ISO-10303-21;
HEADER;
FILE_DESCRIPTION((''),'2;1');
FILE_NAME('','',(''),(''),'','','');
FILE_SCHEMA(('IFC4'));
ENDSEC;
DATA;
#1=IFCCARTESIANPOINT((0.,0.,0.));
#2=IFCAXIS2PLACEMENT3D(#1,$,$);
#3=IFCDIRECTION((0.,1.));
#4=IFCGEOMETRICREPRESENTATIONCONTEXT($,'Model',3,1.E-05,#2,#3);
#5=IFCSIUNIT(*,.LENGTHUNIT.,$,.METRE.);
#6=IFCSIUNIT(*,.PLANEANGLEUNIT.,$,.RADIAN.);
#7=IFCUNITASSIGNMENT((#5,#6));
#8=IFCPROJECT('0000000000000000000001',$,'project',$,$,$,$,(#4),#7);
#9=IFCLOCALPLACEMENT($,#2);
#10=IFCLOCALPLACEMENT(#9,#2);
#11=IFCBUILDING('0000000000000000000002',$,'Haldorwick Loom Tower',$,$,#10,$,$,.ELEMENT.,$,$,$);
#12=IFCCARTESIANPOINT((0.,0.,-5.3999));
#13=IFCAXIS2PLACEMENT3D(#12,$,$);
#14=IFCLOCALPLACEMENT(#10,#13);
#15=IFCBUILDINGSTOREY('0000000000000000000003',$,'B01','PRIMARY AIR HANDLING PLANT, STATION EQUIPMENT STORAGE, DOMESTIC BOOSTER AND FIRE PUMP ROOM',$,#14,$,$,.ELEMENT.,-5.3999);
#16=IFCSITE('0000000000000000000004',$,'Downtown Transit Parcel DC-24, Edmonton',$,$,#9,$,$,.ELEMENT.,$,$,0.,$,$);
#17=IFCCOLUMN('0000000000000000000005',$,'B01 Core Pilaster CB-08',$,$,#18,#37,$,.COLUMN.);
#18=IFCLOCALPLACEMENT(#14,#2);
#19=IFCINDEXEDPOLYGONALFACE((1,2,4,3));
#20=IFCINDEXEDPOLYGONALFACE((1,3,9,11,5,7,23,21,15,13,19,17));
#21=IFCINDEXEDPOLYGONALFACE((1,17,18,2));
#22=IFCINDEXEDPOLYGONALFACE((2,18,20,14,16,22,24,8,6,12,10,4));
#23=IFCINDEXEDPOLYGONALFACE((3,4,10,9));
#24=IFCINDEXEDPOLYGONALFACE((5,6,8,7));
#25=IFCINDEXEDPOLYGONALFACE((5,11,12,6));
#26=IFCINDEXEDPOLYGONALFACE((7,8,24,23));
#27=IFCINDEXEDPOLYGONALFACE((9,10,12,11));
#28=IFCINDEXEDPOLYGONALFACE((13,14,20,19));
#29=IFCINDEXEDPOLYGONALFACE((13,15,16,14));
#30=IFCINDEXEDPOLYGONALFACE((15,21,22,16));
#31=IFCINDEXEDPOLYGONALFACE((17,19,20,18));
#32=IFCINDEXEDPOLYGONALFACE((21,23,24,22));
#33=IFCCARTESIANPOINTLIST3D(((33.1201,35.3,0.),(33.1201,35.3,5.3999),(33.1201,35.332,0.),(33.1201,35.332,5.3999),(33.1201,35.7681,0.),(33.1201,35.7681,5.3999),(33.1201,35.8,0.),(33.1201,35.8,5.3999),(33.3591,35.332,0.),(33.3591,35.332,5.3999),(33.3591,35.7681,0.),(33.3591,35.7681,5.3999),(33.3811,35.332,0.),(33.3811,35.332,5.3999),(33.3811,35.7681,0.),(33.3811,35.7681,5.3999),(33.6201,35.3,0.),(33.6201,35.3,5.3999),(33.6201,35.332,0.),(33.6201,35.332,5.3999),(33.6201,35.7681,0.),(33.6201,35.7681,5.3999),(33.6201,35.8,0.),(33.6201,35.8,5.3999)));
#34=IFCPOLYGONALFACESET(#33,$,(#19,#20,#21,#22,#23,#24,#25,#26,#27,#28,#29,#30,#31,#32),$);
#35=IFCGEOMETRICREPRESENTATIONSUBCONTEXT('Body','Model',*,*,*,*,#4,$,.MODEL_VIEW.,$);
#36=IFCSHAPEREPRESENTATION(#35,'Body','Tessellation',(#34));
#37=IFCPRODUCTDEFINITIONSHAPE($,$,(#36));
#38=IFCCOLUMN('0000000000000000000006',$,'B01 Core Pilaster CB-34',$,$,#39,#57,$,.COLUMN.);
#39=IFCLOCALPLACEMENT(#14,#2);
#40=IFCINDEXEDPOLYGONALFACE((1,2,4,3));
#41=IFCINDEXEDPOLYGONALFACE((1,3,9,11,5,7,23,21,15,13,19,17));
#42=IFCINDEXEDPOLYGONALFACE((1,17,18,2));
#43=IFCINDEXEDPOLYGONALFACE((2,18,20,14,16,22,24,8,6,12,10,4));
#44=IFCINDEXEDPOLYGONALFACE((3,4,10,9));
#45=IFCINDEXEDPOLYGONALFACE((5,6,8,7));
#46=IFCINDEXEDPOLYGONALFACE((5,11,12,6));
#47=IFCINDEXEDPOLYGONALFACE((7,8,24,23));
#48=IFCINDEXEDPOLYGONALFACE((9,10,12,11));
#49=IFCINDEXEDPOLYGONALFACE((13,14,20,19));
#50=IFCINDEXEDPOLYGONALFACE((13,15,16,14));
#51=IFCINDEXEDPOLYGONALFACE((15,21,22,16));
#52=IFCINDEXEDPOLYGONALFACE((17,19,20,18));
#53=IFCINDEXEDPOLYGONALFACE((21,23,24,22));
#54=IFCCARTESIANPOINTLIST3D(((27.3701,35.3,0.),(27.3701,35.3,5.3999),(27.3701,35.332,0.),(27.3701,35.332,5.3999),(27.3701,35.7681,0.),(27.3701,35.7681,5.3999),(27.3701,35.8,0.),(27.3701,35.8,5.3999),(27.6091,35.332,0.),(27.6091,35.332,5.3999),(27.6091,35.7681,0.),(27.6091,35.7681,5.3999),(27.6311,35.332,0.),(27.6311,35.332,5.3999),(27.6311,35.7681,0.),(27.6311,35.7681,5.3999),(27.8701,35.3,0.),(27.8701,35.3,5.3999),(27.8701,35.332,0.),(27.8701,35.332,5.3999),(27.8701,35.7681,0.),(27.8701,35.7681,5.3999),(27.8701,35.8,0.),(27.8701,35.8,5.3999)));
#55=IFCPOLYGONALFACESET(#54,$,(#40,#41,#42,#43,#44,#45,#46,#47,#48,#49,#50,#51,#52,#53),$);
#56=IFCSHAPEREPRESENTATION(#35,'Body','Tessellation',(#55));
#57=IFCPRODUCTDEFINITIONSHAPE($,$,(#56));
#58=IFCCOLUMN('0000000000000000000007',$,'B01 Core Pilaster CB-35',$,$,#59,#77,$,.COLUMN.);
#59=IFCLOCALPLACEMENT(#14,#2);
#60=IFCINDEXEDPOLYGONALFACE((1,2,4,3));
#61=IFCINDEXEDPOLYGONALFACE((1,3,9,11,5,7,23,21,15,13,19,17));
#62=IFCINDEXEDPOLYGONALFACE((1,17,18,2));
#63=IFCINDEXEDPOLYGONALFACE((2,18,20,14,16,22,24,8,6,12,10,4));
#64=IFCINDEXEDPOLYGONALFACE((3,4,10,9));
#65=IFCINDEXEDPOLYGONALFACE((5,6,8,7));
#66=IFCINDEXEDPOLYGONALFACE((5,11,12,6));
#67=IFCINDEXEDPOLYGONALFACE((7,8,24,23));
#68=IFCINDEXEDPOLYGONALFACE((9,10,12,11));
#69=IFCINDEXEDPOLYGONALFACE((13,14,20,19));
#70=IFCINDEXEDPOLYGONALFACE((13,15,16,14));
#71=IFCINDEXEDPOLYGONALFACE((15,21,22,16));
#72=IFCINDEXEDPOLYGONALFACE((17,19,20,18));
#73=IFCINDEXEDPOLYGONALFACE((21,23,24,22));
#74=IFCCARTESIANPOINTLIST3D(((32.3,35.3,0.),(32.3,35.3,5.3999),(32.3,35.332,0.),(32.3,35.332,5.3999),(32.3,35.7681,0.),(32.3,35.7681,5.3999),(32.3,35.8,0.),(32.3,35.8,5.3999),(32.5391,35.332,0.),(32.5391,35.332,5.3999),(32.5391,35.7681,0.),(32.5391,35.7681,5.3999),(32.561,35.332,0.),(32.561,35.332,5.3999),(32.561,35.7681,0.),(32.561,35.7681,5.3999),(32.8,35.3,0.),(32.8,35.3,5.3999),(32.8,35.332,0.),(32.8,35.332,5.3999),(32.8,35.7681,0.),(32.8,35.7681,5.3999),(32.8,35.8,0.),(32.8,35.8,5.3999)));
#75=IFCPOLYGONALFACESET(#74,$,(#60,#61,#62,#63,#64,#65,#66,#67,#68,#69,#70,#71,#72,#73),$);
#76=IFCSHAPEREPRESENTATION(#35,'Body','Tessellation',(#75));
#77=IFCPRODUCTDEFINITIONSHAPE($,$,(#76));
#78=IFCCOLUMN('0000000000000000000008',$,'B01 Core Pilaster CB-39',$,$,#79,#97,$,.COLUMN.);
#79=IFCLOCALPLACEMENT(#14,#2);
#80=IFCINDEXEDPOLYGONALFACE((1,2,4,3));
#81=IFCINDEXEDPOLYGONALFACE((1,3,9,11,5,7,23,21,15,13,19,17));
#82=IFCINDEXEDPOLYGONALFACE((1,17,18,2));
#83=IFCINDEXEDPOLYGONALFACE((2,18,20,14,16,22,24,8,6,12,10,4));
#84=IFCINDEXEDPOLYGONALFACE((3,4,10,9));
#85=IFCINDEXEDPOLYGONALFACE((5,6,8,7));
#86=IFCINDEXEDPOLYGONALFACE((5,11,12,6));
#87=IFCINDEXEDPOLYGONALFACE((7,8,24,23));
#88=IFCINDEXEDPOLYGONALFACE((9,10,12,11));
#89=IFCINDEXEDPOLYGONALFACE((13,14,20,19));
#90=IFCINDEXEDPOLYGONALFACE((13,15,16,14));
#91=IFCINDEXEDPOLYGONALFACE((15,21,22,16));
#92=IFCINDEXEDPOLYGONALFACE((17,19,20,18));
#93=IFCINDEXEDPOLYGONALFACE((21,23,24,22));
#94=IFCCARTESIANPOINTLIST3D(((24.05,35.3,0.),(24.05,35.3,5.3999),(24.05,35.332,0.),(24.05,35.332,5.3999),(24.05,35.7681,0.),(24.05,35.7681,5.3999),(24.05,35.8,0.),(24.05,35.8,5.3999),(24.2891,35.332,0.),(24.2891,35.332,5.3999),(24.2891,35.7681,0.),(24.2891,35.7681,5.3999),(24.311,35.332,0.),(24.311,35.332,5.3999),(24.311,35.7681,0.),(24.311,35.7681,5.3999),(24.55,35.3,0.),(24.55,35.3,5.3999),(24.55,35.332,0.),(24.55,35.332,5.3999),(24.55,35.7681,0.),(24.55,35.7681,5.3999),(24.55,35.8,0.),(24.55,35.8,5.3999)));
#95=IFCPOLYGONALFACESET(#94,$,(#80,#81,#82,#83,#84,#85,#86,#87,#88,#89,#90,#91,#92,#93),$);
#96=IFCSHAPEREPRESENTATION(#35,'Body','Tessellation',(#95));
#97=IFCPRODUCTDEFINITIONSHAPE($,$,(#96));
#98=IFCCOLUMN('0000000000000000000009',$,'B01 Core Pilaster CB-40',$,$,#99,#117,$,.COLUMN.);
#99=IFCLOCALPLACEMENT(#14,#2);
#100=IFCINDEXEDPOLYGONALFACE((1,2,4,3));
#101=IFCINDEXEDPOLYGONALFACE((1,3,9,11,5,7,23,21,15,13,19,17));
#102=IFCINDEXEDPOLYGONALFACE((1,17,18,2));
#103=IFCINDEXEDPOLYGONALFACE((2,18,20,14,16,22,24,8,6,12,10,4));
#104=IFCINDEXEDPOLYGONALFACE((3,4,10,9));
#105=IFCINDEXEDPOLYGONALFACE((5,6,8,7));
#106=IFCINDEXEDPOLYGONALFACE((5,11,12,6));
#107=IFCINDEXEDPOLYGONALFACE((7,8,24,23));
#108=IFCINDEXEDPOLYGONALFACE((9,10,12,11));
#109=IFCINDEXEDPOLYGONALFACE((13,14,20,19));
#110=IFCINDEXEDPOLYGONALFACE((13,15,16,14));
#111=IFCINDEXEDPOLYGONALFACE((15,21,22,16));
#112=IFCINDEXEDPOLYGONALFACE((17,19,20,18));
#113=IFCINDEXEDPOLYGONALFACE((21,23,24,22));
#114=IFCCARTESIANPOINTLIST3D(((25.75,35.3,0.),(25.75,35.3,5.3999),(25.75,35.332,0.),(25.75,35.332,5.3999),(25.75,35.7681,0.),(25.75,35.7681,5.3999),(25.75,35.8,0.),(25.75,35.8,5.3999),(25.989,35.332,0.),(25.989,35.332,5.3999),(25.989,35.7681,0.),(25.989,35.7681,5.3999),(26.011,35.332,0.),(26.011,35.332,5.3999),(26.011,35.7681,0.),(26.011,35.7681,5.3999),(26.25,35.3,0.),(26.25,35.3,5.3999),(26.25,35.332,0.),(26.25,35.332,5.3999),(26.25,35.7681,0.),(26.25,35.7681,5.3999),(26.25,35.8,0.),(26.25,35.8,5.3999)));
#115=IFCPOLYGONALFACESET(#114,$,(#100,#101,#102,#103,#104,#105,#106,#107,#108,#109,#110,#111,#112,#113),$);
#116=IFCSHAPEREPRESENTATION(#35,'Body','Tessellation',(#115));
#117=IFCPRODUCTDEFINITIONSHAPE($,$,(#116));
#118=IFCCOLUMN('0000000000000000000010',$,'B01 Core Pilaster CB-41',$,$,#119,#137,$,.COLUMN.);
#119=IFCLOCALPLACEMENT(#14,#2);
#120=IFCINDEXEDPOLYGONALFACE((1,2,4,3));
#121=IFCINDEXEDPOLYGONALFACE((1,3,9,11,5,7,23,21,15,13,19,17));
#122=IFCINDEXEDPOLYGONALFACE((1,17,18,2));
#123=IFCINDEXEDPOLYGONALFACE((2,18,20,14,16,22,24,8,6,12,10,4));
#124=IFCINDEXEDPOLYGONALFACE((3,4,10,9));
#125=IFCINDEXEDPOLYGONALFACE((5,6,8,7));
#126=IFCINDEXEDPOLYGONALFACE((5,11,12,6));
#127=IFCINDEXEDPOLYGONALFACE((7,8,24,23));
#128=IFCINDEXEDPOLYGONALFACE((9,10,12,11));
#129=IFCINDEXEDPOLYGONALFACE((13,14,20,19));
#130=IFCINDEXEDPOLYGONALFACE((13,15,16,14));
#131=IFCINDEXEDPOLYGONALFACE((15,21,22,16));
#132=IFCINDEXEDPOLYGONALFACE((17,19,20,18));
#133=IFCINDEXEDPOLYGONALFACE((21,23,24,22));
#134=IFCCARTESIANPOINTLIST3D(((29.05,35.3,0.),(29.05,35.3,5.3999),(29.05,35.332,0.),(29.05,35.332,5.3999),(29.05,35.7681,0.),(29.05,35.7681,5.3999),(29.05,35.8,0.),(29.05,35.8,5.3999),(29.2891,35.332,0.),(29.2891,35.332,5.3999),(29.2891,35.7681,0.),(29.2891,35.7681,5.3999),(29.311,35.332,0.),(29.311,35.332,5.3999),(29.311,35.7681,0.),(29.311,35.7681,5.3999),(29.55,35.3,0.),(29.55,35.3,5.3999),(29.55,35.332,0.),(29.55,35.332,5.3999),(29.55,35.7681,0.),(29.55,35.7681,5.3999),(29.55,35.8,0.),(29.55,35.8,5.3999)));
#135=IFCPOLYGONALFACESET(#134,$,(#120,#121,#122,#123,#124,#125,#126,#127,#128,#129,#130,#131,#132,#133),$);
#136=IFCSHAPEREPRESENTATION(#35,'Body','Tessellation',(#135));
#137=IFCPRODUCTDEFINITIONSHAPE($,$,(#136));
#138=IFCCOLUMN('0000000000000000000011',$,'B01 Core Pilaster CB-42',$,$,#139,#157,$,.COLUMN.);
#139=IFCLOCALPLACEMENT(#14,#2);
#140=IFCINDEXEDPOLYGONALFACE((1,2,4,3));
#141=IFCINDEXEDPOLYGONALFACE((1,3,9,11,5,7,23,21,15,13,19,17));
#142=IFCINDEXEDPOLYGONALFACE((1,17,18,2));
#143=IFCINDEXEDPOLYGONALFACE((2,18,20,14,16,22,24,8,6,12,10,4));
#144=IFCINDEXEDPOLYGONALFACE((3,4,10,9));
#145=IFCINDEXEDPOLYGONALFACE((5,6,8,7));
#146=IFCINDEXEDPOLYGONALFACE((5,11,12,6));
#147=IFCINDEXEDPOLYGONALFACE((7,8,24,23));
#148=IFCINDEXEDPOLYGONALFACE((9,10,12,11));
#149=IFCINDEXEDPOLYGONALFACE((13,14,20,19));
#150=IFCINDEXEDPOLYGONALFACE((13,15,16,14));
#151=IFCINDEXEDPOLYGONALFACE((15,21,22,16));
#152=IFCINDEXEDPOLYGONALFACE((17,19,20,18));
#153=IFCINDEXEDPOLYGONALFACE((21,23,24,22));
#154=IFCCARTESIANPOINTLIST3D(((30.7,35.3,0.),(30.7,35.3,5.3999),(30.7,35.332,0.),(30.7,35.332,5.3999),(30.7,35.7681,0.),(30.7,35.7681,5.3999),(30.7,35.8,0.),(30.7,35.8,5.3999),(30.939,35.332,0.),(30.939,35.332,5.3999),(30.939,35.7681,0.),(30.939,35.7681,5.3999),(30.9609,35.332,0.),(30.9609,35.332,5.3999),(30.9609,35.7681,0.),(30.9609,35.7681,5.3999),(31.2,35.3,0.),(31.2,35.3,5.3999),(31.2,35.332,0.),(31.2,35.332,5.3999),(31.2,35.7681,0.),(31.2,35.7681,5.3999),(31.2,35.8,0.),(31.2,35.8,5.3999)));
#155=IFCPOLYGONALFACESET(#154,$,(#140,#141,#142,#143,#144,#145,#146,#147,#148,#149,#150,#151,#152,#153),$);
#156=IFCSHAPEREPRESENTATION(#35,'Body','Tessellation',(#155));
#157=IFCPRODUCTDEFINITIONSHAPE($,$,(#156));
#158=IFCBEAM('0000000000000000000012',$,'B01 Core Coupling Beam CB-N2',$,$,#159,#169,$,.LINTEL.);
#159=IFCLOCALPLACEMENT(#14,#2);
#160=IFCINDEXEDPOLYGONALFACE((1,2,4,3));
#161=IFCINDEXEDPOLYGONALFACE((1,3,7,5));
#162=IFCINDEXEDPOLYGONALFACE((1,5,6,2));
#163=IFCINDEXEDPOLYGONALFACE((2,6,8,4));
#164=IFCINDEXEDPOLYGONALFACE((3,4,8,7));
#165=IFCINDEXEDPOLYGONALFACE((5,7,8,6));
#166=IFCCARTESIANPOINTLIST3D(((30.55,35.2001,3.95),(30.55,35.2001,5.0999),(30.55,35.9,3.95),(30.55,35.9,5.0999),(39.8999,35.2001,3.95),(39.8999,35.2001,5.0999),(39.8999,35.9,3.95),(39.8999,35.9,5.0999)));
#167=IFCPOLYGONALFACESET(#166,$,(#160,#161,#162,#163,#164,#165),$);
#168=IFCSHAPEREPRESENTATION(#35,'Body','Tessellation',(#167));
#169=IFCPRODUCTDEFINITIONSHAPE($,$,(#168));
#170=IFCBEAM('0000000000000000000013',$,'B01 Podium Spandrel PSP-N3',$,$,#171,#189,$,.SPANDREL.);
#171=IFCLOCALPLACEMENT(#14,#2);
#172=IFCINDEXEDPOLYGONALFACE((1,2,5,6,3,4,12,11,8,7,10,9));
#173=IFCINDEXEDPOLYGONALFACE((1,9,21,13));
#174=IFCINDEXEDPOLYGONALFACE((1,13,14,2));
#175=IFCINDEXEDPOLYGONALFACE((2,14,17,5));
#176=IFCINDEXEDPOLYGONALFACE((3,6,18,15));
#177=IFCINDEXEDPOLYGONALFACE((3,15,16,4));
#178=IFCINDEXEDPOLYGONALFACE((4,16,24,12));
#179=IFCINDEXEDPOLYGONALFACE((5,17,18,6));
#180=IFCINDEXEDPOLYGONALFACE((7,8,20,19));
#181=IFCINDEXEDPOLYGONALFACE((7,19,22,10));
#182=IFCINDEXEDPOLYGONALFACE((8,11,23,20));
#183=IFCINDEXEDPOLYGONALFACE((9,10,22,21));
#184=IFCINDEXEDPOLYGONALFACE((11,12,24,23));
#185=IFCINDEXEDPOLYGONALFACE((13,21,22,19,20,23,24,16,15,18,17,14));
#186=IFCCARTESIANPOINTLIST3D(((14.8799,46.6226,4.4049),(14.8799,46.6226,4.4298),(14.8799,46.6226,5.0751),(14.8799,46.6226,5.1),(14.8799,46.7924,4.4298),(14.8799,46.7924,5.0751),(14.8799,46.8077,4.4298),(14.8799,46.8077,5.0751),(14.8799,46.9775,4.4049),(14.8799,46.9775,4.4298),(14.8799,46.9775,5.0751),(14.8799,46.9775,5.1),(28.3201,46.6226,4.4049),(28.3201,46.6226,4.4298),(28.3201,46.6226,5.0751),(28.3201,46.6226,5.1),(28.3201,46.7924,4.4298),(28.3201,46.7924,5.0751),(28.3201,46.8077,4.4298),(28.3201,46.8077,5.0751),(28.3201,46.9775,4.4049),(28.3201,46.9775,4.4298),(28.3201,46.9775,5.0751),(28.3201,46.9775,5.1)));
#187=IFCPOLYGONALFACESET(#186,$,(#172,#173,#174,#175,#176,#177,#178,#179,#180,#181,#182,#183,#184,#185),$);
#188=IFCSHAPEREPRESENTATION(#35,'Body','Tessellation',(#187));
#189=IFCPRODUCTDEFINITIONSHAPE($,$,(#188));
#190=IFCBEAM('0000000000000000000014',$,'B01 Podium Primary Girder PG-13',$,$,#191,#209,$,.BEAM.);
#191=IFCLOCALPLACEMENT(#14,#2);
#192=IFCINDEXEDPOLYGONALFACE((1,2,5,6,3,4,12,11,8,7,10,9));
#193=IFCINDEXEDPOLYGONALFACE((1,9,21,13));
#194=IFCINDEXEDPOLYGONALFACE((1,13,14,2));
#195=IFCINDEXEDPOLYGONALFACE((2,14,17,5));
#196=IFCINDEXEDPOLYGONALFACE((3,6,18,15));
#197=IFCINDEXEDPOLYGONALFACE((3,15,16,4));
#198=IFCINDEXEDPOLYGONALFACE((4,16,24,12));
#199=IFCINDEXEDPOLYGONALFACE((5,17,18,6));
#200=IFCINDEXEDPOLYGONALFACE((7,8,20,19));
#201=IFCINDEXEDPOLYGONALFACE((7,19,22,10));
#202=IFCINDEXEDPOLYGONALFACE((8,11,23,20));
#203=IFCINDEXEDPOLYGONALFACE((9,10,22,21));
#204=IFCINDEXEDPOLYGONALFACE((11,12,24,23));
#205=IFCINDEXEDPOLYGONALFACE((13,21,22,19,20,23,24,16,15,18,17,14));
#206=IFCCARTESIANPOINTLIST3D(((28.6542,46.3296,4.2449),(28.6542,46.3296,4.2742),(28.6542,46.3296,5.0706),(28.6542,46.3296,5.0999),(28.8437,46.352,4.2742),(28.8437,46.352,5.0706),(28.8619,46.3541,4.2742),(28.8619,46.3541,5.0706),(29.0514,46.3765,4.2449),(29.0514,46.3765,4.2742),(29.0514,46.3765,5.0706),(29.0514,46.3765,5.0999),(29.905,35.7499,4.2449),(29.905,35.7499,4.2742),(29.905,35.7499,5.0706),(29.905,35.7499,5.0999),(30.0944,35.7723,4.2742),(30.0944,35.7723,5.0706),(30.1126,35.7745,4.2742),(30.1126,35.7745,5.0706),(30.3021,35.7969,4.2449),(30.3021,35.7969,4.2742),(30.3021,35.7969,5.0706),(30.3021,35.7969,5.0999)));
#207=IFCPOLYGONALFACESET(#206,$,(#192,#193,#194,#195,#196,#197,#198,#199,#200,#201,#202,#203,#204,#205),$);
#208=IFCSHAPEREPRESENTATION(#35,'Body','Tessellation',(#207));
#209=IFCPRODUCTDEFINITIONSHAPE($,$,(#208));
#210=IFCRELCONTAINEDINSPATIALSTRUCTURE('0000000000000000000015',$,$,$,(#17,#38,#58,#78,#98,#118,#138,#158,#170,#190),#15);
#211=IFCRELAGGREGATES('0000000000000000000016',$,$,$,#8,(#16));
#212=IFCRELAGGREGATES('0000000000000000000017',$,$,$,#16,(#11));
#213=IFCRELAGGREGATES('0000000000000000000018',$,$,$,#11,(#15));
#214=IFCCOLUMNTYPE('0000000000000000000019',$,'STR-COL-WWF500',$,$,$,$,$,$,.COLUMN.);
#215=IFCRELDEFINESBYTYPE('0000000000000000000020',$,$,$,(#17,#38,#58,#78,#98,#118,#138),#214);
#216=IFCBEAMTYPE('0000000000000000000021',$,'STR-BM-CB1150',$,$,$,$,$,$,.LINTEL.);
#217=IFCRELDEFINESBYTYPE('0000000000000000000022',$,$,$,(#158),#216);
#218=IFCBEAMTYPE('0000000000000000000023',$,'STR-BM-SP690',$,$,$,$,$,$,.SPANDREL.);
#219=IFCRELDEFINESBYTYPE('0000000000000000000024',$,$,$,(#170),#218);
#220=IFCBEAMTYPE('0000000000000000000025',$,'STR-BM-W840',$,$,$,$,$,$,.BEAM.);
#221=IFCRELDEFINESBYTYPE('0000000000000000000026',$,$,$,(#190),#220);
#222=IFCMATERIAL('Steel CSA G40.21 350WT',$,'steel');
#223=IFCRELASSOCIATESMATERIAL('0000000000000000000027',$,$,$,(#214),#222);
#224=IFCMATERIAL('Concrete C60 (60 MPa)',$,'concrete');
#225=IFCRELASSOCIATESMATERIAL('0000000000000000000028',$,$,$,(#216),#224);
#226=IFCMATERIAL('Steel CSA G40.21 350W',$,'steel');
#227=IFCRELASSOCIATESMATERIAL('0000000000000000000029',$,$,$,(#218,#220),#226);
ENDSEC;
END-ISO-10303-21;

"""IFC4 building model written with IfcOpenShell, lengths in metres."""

from ifc_helpers import new_model, si_unit, direction, frame, origin, origin_2d, place, context, subcontext, project, spatial, rectangle, i_section, extrude, material, material_profile, profile_set, type_object, element, save


model = new_model("IFC4")

# Units and contexts
model_context = context("Model", 3, precision=1e-05, world=origin(), true_north=direction((0.0, 1.0)))
body_context = subcontext(model_context, "Body", "Model", "MODEL_VIEW")
ifc_project = project(units=[si_unit("LENGTHUNIT", "METRE"), si_unit("PLANEANGLEUNIT", "RADIAN")], contexts=[model_context])

# Site, building, storey
site_placement = place(None, origin())
site = spatial("IfcSite", under=ifc_project, at=site_placement, Name="Downtown Transit Parcel DC-24, Edmonton", CompositionType="ELEMENT", RefElevation=0.0)
building_placement = place(site_placement, origin())
building = spatial("IfcBuilding", under=site, at=building_placement, Name="Haldorwick Loom Tower", CompositionType="ELEMENT")
storey_placement = place(building_placement, frame((0.0, 0.0, -5.3999)))
storey = spatial("IfcBuildingStorey", under=building, at=storey_placement, Name="B01", Description="PRIMARY AIR HANDLING PLANT, STATION EQUIPMENT STORAGE, DOMESTIC BOOSTER AND FIRE PUMP ROOM", CompositionType="ELEMENT", Elevation=-5.3999)

# Columns
ifc_material_1 = material(Name="Concrete C60 (60 MPa)", Category="concrete")
ifc_material_2 = material(Name="Steel CSA G40.21 350WT", Category="steel")
ifc_material_profile_1 = material_profile(ifc_material_2, i_section(OverallWidth=0.5, OverallDepth=0.5, WebThickness=0.022, FlangeThickness=0.032, at=origin_2d()), Name="WWF500X500", Category="steel")
ifc_profile_set_1 = profile_set([ifc_material_profile_1], Name="Steel CSA G40.21 350WT")
column_type_1 = type_object("IfcColumnType", Name="STR-COL-WWF500", PredefinedType="COLUMN", material=ifc_profile_set_1)
for number, where, z_axis, x_axis, name in (
    (1, (33.3701, 35.55, 0.0), (0.0, 0.0, 1.0), (1.0, 0.0, 0.0), "B01 Core Pilaster CB-08"),
    (2, (27.6201, 35.55, 0.0), (0.0, 0.0, 1.0), (1.0, 0.0, 0.0), "B01 Core Pilaster CB-34"),
    (3, (32.55, 35.55, 0.0), (0.0, 0.0, 1.0), (1.0, 0.0, 0.0), "B01 Core Pilaster CB-35"),
    (4, (24.3, 35.55, 0.0), (0.0, 0.0, 1.0), (1.0, 0.0, 0.0), "B01 Core Pilaster CB-39"),
    (5, (26.0, 35.55, 0.0), (0.0, 0.0, 1.0), (1.0, 0.0, 0.0), "B01 Core Pilaster CB-40"),
    (6, (29.3, 35.55, 0.0), (0.0, 0.0, 1.0), (1.0, 0.0, 0.0), "B01 Core Pilaster CB-41"),
    (7, (30.95, 35.55, 0.0), (0.0, 0.0, 1.0), (1.0, 0.0, 0.0), "B01 Core Pilaster CB-42"),
):
    element("IfcColumn", number, at=place(storey_placement, frame(where, z_axis=z_axis, x_axis=x_axis)), inside=storey, type_object=column_type_1, Name=name, PredefinedType="COLUMN", context=body_context, shape_type="SweptSolid", body=[
        extrude(i_section(OverallWidth=0.5, OverallDepth=0.5, WebThickness=0.022, FlangeThickness=0.032, at=origin_2d()), origin(), (0.0, 0.0, 1.0), 5.3999),
    ])

# Beams
ifc_material_profile_2 = material_profile(ifc_material_1, rectangle(XDim=0.7, YDim=1.1499, at=origin_2d()), Name="RC700X1150", Category="concrete")
ifc_profile_set_2 = profile_set([ifc_material_profile_2], Name="Concrete C60 (60 MPa)")
beam_type_1 = type_object("IfcBeamType", Name="STR-BM-CB1150", PredefinedType="LINTEL", material=ifc_profile_set_2)
beam_1_placement = place(storey_placement, frame((30.55, 35.55, 4.5249), z_axis=(1.0, 0.0, 0.0), x_axis=(0.0, 1.0, 0.0)))
element("IfcBeam", 8, at=beam_1_placement, inside=storey, type_object=beam_type_1, Name="B01 Core Coupling Beam CB-N2", PredefinedType="LINTEL", context=body_context, shape_type="SweptSolid", body=[
    extrude(rectangle(XDim=0.7, YDim=1.1499, at=origin_2d()), origin(), (0.0, 0.0, 1.0), 9.3499),
])
ifc_material_3 = material(Name="Steel CSA G40.21 350W", Category="steel")
ifc_material_profile_3 = material_profile(ifc_material_3, i_section(OverallWidth=0.355, OverallDepth=0.6951, WebThickness=0.0154, FlangeThickness=0.0249, at=origin_2d()), Name="W690X217", Category="steel")
ifc_profile_set_3 = profile_set([ifc_material_profile_3], Name="Steel CSA G40.21 350W")
beam_type_2 = type_object("IfcBeamType", Name="STR-BM-SP690", PredefinedType="SPANDREL", material=ifc_profile_set_3)
beam_2_placement = place(storey_placement, frame((28.3201, 46.8, 4.7524), z_axis=(-1.0, 0.0, 0.0), x_axis=(0.0, -1.0, 0.0)))
element("IfcBeam", 9, at=beam_2_placement, inside=storey, type_object=beam_type_2, Name="B01 Podium Spandrel PSP-N3", PredefinedType="SPANDREL", context=body_context, shape_type="SweptSolid", body=[
    extrude(i_section(OverallWidth=0.355, OverallDepth=0.6951, WebThickness=0.0154, FlangeThickness=0.0249, at=origin_2d()), origin(), (0.0, 0.0, 1.0), 13.4402),
])
ifc_material_profile_4 = material_profile(ifc_material_3, i_section(OverallWidth=0.3999, OverallDepth=0.855, WebThickness=0.0183, FlangeThickness=0.0293, at=origin_2d()), Name="W840X299", Category="steel")
ifc_profile_set_4 = profile_set([ifc_material_profile_4], Name="Steel CSA G40.21 350W")
beam_type_3 = type_object("IfcBeamType", Name="STR-BM-W840", PredefinedType="BEAM", material=ifc_profile_set_4)
beam_3_placement = place(storey_placement, frame((28.8528, 46.353, 4.6724), z_axis=(0.117404, -0.993084, 0.0), x_axis=(0.993084, 0.117404, 0.0)))
element("IfcBeam", 10, at=beam_3_placement, inside=storey, type_object=beam_type_3, Name="B01 Podium Primary Girder PG-13", PredefinedType="BEAM", context=body_context, shape_type="SweptSolid", body=[
    extrude(i_section(OverallWidth=0.3999, OverallDepth=0.855, WebThickness=0.0183, FlangeThickness=0.0293, at=origin_2d()), origin(), (0.0, 0.0, 1.0), 10.6533),
])

save(model, "model.ifc")
